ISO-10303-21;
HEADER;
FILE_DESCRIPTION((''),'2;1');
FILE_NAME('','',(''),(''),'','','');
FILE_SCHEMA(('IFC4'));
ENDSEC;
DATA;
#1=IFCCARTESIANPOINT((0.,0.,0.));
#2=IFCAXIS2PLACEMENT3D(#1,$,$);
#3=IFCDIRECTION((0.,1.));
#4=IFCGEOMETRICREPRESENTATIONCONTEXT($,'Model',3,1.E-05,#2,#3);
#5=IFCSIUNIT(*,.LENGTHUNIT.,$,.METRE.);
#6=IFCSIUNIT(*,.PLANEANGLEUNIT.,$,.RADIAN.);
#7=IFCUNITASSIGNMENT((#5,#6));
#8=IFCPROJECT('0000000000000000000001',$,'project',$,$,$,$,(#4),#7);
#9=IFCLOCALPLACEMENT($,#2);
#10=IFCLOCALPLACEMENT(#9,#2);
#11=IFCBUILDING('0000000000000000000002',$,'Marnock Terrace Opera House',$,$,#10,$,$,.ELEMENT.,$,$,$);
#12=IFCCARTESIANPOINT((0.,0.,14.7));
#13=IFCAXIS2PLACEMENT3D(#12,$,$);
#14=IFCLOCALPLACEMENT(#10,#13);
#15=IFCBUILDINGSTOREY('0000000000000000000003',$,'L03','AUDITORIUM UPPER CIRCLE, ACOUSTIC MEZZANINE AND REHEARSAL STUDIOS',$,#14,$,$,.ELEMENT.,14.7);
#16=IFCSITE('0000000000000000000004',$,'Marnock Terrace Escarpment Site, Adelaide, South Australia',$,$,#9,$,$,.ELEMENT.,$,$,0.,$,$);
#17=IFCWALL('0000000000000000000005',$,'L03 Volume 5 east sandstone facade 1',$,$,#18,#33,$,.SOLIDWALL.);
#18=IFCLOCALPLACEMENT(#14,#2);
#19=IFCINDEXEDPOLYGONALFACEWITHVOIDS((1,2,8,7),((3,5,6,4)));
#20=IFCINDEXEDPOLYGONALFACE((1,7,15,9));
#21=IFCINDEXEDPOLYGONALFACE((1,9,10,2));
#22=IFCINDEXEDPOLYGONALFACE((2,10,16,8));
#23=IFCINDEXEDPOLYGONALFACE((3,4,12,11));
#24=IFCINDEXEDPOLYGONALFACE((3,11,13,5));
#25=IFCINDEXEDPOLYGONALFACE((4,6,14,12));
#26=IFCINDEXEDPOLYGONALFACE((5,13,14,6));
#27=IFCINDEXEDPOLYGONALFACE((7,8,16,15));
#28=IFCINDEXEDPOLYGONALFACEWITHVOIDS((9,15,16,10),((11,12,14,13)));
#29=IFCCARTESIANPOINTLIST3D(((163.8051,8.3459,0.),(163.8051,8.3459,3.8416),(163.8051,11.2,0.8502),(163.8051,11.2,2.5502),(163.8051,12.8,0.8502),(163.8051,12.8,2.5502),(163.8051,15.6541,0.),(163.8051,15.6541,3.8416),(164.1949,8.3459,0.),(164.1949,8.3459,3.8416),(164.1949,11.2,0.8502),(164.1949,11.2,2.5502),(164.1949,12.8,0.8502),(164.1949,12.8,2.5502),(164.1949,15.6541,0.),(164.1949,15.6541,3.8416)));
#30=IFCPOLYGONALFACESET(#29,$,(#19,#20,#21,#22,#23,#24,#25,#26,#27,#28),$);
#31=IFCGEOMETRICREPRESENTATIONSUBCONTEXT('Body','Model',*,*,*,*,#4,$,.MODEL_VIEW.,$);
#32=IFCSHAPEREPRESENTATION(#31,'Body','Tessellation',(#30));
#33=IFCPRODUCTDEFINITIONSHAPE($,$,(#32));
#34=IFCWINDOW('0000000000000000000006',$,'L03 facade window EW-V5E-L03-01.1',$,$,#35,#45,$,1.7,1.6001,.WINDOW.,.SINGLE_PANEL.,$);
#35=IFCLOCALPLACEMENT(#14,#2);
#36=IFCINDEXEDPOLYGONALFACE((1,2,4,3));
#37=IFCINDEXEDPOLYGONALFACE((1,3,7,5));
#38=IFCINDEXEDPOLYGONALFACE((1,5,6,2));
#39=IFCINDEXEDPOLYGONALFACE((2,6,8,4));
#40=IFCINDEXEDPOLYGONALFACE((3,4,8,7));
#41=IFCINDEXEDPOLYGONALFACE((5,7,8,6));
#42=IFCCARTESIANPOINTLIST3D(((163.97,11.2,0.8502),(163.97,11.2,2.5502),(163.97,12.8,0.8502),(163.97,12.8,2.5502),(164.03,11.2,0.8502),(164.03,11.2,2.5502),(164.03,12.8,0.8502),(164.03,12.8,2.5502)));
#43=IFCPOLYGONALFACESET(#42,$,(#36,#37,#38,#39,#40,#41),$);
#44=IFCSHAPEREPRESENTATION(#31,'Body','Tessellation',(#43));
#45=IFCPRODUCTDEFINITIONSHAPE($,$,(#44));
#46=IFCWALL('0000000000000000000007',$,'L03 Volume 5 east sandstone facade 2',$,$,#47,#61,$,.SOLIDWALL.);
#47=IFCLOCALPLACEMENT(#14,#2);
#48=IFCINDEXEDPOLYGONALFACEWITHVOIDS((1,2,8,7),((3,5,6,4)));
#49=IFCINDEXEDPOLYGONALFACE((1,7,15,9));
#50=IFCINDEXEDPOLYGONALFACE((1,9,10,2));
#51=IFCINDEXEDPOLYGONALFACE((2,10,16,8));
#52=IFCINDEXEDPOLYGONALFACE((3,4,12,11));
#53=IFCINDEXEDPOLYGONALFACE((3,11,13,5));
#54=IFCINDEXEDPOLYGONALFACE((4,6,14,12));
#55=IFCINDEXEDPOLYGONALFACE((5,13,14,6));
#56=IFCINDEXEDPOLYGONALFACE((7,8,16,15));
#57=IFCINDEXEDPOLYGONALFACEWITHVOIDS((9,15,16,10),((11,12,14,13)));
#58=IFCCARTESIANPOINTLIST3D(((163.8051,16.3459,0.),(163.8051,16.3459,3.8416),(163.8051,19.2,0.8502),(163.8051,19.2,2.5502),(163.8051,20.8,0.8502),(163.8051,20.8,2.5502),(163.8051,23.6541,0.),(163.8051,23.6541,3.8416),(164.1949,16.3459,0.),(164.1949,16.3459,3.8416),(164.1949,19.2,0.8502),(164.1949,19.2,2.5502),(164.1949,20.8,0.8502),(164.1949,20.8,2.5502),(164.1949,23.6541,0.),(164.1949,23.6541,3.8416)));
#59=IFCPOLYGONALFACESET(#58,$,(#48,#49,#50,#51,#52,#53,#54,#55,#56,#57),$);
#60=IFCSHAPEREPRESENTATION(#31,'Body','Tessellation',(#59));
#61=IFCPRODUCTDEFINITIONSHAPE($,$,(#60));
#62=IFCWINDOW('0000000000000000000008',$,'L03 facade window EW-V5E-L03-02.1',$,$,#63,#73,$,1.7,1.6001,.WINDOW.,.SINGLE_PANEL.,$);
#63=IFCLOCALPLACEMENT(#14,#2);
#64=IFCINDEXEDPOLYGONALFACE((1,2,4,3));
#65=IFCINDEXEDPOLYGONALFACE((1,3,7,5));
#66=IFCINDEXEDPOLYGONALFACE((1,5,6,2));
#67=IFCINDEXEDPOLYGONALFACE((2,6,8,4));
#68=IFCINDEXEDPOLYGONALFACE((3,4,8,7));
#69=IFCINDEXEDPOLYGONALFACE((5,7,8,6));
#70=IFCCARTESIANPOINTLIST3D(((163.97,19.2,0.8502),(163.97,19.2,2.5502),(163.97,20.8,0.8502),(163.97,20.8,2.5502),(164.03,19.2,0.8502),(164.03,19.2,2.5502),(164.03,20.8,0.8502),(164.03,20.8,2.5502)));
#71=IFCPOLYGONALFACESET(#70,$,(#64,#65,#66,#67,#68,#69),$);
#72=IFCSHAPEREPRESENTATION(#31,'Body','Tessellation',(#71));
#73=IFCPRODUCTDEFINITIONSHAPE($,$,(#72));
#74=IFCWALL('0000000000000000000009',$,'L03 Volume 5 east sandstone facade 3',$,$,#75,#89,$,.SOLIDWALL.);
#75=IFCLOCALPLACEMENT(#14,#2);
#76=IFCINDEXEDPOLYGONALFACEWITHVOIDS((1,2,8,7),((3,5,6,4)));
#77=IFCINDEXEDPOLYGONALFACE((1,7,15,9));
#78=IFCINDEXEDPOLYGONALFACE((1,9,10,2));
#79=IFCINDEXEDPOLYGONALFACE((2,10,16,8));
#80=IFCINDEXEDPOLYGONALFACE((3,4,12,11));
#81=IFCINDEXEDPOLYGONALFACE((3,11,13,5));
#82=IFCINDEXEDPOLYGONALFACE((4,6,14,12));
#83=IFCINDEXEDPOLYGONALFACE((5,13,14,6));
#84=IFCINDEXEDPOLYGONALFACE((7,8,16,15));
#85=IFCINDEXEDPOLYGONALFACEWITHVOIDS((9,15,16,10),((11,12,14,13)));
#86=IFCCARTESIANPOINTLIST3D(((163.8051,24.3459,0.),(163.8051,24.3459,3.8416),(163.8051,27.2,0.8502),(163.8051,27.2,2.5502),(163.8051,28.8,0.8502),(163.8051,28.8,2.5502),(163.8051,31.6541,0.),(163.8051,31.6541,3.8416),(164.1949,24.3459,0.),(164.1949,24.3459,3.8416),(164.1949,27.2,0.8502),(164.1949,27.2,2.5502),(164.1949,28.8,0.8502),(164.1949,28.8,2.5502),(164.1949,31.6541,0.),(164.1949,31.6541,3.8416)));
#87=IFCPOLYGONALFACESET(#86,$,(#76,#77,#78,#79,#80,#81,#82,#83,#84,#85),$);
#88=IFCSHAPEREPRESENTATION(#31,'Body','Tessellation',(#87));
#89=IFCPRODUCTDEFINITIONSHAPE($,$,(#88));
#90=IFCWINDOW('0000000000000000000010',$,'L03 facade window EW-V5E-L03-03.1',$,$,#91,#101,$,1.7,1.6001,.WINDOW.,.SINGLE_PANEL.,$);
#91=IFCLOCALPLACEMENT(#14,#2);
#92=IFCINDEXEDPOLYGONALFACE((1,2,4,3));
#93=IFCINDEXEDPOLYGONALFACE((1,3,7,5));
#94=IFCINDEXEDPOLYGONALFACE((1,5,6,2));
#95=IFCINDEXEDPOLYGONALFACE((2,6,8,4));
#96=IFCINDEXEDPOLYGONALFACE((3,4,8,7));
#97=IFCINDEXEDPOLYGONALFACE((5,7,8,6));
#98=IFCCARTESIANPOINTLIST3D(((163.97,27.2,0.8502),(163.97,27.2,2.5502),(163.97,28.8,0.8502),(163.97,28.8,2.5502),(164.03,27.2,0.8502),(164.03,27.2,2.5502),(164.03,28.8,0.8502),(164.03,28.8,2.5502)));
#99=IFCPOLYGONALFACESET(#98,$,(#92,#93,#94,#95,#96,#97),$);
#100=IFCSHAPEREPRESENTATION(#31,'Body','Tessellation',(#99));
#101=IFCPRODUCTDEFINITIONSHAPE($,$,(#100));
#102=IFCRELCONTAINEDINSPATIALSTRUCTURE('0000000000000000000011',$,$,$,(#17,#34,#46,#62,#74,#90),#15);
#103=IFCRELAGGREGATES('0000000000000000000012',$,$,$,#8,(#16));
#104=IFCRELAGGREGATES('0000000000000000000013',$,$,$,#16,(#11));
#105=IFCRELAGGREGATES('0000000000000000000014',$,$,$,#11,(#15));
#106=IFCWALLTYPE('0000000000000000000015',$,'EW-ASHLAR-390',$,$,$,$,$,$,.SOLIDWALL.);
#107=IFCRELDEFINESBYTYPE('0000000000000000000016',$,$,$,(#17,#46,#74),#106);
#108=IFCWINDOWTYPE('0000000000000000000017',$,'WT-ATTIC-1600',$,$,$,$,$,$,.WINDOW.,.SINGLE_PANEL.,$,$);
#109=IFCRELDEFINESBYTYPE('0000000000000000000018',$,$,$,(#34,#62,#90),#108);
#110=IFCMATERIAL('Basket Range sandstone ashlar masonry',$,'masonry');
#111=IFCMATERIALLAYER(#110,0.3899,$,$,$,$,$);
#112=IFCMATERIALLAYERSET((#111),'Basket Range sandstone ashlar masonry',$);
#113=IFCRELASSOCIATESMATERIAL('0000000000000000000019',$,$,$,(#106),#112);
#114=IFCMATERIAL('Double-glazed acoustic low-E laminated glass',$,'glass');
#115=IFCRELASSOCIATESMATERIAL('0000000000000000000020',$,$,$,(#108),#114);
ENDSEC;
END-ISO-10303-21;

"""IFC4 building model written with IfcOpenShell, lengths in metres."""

from ifc_helpers import new_model, si_unit, direction, frame, frame_2d, origin, place, context, subcontext, project, spatial, rectangle, extrude, material, layer, layer_set, type_object, element, fill, save


model = new_model("IFC4")

# Units and contexts
model_context = context("Model", 3, precision=1e-05, world=origin(), true_north=direction((0.0, 1.0)))
body_context = subcontext(model_context, "Body", "Model", "MODEL_VIEW")
ifc_project = project(units=[si_unit("LENGTHUNIT", "METRE"), si_unit("PLANEANGLEUNIT", "RADIAN")], contexts=[model_context])

# Site, building, storey
site_placement = place(None, origin())
site = spatial("IfcSite", under=ifc_project, at=site_placement, Name="Marnock Terrace Escarpment Site, Adelaide, South Australia", CompositionType="ELEMENT", RefElevation=0.0)
building_placement = place(site_placement, origin())
building = spatial("IfcBuilding", under=site, at=building_placement, Name="Marnock Terrace Opera House", CompositionType="ELEMENT")
storey_placement = place(building_placement, frame((0.0, 0.0, 14.7)))
storey = spatial("IfcBuildingStorey", under=building, at=storey_placement, Name="L03", Description="AUDITORIUM UPPER CIRCLE, ACOUSTIC MEZZANINE AND REHEARSAL STUDIOS", CompositionType="ELEMENT", Elevation=14.7)

# Shared definitions
ifc_material_1 = material(Name="Basket Range sandstone ashlar masonry", Category="masonry")
ifc_layer = layer(ifc_material_1, 0.3899)
ifc_layer_set = layer_set([ifc_layer], Name="Basket Range sandstone ashlar masonry")
wall_type = type_object("IfcWallType", Name="EW-ASHLAR-390", PredefinedType="SOLIDWALL", material=ifc_layer_set)
ifc_material_2 = material(Name="Double-glazed acoustic low-E laminated glass", Category="glass")
window_type = type_object("IfcWindowType", Name="WT-ATTIC-1600", PartitioningType="SINGLE_PANEL", PredefinedType="WINDOW", material=ifc_material_2)

# Walls, openings, windows
wall_1_placement = place(storey_placement, frame((164.0, 8.3459, 0.0), z_axis=(0.0, 0.0, 1.0), x_axis=(0.0, 1.0, 0.0)))
wall_1 = element("IfcWall", 1, at=wall_1_placement, inside=storey, type_object=wall_type, Name="L03 Volume 5 east sandstone facade 1", PredefinedType="SOLIDWALL", context=body_context, shape_type="SweptSolid", body=[
    extrude(rectangle(XDim=7.3081, YDim=0.3899, at=frame_2d((3.6541, 0.0))), origin(), (0.0, 0.0, 1.0), 3.8416),
])
opening_1_placement = place(wall_1_placement, frame((2.854, 0.0, 0.8501)))
opening_1 = element("IfcOpeningElement", 2, at=opening_1_placement, cuts=wall_1, PredefinedType="OPENING", context=body_context, shape_type="SweptSolid", body=[
    extrude(rectangle(XDim=1.6001, YDim=1.7, at=frame_2d((0.8, 0.8501))), frame((0.0, 0.2048, 0.0), z_axis=(0.0, -1.0, 0.0), x_axis=(1.0, 0.0, 0.0)), (0.0, 0.0, 1.0), 0.4099),
])
window_1_placement = place(opening_1_placement, origin())
window_1 = element("IfcWindow", 3, at=window_1_placement, inside=storey, type_object=window_type, Name="L03 facade window EW-V5E-L03-01.1", OverallHeight=1.7, OverallWidth=1.6001, PartitioningType="SINGLE_PANEL", PredefinedType="WINDOW", context=body_context, shape_type="SweptSolid", body=[
    extrude(rectangle(XDim=1.6001, YDim=1.7, at=frame_2d((0.8, 0.8501))), frame((0.0, 0.03, 0.0), z_axis=(0.0, -1.0, 0.0), x_axis=(1.0, 0.0, 0.0)), (0.0, 0.0, 1.0), 0.0601),
])
fill(opening_1, window_1)
wall_2_placement = place(storey_placement, frame((164.0, 16.3459, 0.0), z_axis=(0.0, 0.0, 1.0), x_axis=(0.0, 1.0, 0.0)))
wall_2 = element("IfcWall", 4, at=wall_2_placement, inside=storey, type_object=wall_type, Name="L03 Volume 5 east sandstone facade 2", PredefinedType="SOLIDWALL", context=body_context, shape_type="SweptSolid", body=[
    extrude(rectangle(XDim=7.3081, YDim=0.3899, at=frame_2d((3.6541, 0.0))), origin(), (0.0, 0.0, 1.0), 3.8416),
])
opening_2_placement = place(wall_2_placement, frame((2.854, 0.0, 0.8501)))
opening_2 = element("IfcOpeningElement", 5, at=opening_2_placement, cuts=wall_2, PredefinedType="OPENING", context=body_context, shape_type="SweptSolid", body=[
    extrude(rectangle(XDim=1.6001, YDim=1.7, at=frame_2d((0.8, 0.8501))), frame((0.0, 0.2048, 0.0), z_axis=(0.0, -1.0, 0.0), x_axis=(1.0, 0.0, 0.0)), (0.0, 0.0, 1.0), 0.4099),
])
window_2_placement = place(opening_2_placement, origin())
window_2 = element("IfcWindow", 6, at=window_2_placement, inside=storey, type_object=window_type, Name="L03 facade window EW-V5E-L03-02.1", OverallHeight=1.7, OverallWidth=1.6001, PartitioningType="SINGLE_PANEL", PredefinedType="WINDOW", context=body_context, shape_type="SweptSolid", body=[
    extrude(rectangle(XDim=1.6001, YDim=1.7, at=frame_2d((0.8, 0.8501))), frame((0.0, 0.03, 0.0), z_axis=(0.0, -1.0, 0.0), x_axis=(1.0, 0.0, 0.0)), (0.0, 0.0, 1.0), 0.0601),
])
fill(opening_2, window_2)
wall_3_placement = place(storey_placement, frame((164.0, 24.3459, 0.0), z_axis=(0.0, 0.0, 1.0), x_axis=(0.0, 1.0, 0.0)))
wall_3 = element("IfcWall", 7, at=wall_3_placement, inside=storey, type_object=wall_type, Name="L03 Volume 5 east sandstone facade 3", PredefinedType="SOLIDWALL", context=body_context, shape_type="SweptSolid", body=[
    extrude(rectangle(XDim=7.3081, YDim=0.3899, at=frame_2d((3.6541, 0.0))), origin(), (0.0, 0.0, 1.0), 3.8416),
])
opening_3_placement = place(wall_3_placement, frame((2.854, 0.0, 0.8501)))
opening_3 = element("IfcOpeningElement", 8, at=opening_3_placement, cuts=wall_3, PredefinedType="OPENING", context=body_context, shape_type="SweptSolid", body=[
    extrude(rectangle(XDim=1.6001, YDim=1.7, at=frame_2d((0.8, 0.8501))), frame((0.0, 0.2048, 0.0), z_axis=(0.0, -1.0, 0.0), x_axis=(1.0, 0.0, 0.0)), (0.0, 0.0, 1.0), 0.4099),
])
window_3_placement = place(opening_3_placement, origin())
window_3 = element("IfcWindow", 9, at=window_3_placement, inside=storey, type_object=window_type, Name="L03 facade window EW-V5E-L03-03.1", OverallHeight=1.7, OverallWidth=1.6001, PartitioningType="SINGLE_PANEL", PredefinedType="WINDOW", context=body_context, shape_type="SweptSolid", body=[
    extrude(rectangle(XDim=1.6001, YDim=1.7, at=frame_2d((0.8, 0.8501))), frame((0.0, 0.03, 0.0), z_axis=(0.0, -1.0, 0.0), x_axis=(1.0, 0.0, 0.0)), (0.0, 0.0, 1.0), 0.0601),
])
fill(opening_3, window_3)

save(model, "model.ifc")
